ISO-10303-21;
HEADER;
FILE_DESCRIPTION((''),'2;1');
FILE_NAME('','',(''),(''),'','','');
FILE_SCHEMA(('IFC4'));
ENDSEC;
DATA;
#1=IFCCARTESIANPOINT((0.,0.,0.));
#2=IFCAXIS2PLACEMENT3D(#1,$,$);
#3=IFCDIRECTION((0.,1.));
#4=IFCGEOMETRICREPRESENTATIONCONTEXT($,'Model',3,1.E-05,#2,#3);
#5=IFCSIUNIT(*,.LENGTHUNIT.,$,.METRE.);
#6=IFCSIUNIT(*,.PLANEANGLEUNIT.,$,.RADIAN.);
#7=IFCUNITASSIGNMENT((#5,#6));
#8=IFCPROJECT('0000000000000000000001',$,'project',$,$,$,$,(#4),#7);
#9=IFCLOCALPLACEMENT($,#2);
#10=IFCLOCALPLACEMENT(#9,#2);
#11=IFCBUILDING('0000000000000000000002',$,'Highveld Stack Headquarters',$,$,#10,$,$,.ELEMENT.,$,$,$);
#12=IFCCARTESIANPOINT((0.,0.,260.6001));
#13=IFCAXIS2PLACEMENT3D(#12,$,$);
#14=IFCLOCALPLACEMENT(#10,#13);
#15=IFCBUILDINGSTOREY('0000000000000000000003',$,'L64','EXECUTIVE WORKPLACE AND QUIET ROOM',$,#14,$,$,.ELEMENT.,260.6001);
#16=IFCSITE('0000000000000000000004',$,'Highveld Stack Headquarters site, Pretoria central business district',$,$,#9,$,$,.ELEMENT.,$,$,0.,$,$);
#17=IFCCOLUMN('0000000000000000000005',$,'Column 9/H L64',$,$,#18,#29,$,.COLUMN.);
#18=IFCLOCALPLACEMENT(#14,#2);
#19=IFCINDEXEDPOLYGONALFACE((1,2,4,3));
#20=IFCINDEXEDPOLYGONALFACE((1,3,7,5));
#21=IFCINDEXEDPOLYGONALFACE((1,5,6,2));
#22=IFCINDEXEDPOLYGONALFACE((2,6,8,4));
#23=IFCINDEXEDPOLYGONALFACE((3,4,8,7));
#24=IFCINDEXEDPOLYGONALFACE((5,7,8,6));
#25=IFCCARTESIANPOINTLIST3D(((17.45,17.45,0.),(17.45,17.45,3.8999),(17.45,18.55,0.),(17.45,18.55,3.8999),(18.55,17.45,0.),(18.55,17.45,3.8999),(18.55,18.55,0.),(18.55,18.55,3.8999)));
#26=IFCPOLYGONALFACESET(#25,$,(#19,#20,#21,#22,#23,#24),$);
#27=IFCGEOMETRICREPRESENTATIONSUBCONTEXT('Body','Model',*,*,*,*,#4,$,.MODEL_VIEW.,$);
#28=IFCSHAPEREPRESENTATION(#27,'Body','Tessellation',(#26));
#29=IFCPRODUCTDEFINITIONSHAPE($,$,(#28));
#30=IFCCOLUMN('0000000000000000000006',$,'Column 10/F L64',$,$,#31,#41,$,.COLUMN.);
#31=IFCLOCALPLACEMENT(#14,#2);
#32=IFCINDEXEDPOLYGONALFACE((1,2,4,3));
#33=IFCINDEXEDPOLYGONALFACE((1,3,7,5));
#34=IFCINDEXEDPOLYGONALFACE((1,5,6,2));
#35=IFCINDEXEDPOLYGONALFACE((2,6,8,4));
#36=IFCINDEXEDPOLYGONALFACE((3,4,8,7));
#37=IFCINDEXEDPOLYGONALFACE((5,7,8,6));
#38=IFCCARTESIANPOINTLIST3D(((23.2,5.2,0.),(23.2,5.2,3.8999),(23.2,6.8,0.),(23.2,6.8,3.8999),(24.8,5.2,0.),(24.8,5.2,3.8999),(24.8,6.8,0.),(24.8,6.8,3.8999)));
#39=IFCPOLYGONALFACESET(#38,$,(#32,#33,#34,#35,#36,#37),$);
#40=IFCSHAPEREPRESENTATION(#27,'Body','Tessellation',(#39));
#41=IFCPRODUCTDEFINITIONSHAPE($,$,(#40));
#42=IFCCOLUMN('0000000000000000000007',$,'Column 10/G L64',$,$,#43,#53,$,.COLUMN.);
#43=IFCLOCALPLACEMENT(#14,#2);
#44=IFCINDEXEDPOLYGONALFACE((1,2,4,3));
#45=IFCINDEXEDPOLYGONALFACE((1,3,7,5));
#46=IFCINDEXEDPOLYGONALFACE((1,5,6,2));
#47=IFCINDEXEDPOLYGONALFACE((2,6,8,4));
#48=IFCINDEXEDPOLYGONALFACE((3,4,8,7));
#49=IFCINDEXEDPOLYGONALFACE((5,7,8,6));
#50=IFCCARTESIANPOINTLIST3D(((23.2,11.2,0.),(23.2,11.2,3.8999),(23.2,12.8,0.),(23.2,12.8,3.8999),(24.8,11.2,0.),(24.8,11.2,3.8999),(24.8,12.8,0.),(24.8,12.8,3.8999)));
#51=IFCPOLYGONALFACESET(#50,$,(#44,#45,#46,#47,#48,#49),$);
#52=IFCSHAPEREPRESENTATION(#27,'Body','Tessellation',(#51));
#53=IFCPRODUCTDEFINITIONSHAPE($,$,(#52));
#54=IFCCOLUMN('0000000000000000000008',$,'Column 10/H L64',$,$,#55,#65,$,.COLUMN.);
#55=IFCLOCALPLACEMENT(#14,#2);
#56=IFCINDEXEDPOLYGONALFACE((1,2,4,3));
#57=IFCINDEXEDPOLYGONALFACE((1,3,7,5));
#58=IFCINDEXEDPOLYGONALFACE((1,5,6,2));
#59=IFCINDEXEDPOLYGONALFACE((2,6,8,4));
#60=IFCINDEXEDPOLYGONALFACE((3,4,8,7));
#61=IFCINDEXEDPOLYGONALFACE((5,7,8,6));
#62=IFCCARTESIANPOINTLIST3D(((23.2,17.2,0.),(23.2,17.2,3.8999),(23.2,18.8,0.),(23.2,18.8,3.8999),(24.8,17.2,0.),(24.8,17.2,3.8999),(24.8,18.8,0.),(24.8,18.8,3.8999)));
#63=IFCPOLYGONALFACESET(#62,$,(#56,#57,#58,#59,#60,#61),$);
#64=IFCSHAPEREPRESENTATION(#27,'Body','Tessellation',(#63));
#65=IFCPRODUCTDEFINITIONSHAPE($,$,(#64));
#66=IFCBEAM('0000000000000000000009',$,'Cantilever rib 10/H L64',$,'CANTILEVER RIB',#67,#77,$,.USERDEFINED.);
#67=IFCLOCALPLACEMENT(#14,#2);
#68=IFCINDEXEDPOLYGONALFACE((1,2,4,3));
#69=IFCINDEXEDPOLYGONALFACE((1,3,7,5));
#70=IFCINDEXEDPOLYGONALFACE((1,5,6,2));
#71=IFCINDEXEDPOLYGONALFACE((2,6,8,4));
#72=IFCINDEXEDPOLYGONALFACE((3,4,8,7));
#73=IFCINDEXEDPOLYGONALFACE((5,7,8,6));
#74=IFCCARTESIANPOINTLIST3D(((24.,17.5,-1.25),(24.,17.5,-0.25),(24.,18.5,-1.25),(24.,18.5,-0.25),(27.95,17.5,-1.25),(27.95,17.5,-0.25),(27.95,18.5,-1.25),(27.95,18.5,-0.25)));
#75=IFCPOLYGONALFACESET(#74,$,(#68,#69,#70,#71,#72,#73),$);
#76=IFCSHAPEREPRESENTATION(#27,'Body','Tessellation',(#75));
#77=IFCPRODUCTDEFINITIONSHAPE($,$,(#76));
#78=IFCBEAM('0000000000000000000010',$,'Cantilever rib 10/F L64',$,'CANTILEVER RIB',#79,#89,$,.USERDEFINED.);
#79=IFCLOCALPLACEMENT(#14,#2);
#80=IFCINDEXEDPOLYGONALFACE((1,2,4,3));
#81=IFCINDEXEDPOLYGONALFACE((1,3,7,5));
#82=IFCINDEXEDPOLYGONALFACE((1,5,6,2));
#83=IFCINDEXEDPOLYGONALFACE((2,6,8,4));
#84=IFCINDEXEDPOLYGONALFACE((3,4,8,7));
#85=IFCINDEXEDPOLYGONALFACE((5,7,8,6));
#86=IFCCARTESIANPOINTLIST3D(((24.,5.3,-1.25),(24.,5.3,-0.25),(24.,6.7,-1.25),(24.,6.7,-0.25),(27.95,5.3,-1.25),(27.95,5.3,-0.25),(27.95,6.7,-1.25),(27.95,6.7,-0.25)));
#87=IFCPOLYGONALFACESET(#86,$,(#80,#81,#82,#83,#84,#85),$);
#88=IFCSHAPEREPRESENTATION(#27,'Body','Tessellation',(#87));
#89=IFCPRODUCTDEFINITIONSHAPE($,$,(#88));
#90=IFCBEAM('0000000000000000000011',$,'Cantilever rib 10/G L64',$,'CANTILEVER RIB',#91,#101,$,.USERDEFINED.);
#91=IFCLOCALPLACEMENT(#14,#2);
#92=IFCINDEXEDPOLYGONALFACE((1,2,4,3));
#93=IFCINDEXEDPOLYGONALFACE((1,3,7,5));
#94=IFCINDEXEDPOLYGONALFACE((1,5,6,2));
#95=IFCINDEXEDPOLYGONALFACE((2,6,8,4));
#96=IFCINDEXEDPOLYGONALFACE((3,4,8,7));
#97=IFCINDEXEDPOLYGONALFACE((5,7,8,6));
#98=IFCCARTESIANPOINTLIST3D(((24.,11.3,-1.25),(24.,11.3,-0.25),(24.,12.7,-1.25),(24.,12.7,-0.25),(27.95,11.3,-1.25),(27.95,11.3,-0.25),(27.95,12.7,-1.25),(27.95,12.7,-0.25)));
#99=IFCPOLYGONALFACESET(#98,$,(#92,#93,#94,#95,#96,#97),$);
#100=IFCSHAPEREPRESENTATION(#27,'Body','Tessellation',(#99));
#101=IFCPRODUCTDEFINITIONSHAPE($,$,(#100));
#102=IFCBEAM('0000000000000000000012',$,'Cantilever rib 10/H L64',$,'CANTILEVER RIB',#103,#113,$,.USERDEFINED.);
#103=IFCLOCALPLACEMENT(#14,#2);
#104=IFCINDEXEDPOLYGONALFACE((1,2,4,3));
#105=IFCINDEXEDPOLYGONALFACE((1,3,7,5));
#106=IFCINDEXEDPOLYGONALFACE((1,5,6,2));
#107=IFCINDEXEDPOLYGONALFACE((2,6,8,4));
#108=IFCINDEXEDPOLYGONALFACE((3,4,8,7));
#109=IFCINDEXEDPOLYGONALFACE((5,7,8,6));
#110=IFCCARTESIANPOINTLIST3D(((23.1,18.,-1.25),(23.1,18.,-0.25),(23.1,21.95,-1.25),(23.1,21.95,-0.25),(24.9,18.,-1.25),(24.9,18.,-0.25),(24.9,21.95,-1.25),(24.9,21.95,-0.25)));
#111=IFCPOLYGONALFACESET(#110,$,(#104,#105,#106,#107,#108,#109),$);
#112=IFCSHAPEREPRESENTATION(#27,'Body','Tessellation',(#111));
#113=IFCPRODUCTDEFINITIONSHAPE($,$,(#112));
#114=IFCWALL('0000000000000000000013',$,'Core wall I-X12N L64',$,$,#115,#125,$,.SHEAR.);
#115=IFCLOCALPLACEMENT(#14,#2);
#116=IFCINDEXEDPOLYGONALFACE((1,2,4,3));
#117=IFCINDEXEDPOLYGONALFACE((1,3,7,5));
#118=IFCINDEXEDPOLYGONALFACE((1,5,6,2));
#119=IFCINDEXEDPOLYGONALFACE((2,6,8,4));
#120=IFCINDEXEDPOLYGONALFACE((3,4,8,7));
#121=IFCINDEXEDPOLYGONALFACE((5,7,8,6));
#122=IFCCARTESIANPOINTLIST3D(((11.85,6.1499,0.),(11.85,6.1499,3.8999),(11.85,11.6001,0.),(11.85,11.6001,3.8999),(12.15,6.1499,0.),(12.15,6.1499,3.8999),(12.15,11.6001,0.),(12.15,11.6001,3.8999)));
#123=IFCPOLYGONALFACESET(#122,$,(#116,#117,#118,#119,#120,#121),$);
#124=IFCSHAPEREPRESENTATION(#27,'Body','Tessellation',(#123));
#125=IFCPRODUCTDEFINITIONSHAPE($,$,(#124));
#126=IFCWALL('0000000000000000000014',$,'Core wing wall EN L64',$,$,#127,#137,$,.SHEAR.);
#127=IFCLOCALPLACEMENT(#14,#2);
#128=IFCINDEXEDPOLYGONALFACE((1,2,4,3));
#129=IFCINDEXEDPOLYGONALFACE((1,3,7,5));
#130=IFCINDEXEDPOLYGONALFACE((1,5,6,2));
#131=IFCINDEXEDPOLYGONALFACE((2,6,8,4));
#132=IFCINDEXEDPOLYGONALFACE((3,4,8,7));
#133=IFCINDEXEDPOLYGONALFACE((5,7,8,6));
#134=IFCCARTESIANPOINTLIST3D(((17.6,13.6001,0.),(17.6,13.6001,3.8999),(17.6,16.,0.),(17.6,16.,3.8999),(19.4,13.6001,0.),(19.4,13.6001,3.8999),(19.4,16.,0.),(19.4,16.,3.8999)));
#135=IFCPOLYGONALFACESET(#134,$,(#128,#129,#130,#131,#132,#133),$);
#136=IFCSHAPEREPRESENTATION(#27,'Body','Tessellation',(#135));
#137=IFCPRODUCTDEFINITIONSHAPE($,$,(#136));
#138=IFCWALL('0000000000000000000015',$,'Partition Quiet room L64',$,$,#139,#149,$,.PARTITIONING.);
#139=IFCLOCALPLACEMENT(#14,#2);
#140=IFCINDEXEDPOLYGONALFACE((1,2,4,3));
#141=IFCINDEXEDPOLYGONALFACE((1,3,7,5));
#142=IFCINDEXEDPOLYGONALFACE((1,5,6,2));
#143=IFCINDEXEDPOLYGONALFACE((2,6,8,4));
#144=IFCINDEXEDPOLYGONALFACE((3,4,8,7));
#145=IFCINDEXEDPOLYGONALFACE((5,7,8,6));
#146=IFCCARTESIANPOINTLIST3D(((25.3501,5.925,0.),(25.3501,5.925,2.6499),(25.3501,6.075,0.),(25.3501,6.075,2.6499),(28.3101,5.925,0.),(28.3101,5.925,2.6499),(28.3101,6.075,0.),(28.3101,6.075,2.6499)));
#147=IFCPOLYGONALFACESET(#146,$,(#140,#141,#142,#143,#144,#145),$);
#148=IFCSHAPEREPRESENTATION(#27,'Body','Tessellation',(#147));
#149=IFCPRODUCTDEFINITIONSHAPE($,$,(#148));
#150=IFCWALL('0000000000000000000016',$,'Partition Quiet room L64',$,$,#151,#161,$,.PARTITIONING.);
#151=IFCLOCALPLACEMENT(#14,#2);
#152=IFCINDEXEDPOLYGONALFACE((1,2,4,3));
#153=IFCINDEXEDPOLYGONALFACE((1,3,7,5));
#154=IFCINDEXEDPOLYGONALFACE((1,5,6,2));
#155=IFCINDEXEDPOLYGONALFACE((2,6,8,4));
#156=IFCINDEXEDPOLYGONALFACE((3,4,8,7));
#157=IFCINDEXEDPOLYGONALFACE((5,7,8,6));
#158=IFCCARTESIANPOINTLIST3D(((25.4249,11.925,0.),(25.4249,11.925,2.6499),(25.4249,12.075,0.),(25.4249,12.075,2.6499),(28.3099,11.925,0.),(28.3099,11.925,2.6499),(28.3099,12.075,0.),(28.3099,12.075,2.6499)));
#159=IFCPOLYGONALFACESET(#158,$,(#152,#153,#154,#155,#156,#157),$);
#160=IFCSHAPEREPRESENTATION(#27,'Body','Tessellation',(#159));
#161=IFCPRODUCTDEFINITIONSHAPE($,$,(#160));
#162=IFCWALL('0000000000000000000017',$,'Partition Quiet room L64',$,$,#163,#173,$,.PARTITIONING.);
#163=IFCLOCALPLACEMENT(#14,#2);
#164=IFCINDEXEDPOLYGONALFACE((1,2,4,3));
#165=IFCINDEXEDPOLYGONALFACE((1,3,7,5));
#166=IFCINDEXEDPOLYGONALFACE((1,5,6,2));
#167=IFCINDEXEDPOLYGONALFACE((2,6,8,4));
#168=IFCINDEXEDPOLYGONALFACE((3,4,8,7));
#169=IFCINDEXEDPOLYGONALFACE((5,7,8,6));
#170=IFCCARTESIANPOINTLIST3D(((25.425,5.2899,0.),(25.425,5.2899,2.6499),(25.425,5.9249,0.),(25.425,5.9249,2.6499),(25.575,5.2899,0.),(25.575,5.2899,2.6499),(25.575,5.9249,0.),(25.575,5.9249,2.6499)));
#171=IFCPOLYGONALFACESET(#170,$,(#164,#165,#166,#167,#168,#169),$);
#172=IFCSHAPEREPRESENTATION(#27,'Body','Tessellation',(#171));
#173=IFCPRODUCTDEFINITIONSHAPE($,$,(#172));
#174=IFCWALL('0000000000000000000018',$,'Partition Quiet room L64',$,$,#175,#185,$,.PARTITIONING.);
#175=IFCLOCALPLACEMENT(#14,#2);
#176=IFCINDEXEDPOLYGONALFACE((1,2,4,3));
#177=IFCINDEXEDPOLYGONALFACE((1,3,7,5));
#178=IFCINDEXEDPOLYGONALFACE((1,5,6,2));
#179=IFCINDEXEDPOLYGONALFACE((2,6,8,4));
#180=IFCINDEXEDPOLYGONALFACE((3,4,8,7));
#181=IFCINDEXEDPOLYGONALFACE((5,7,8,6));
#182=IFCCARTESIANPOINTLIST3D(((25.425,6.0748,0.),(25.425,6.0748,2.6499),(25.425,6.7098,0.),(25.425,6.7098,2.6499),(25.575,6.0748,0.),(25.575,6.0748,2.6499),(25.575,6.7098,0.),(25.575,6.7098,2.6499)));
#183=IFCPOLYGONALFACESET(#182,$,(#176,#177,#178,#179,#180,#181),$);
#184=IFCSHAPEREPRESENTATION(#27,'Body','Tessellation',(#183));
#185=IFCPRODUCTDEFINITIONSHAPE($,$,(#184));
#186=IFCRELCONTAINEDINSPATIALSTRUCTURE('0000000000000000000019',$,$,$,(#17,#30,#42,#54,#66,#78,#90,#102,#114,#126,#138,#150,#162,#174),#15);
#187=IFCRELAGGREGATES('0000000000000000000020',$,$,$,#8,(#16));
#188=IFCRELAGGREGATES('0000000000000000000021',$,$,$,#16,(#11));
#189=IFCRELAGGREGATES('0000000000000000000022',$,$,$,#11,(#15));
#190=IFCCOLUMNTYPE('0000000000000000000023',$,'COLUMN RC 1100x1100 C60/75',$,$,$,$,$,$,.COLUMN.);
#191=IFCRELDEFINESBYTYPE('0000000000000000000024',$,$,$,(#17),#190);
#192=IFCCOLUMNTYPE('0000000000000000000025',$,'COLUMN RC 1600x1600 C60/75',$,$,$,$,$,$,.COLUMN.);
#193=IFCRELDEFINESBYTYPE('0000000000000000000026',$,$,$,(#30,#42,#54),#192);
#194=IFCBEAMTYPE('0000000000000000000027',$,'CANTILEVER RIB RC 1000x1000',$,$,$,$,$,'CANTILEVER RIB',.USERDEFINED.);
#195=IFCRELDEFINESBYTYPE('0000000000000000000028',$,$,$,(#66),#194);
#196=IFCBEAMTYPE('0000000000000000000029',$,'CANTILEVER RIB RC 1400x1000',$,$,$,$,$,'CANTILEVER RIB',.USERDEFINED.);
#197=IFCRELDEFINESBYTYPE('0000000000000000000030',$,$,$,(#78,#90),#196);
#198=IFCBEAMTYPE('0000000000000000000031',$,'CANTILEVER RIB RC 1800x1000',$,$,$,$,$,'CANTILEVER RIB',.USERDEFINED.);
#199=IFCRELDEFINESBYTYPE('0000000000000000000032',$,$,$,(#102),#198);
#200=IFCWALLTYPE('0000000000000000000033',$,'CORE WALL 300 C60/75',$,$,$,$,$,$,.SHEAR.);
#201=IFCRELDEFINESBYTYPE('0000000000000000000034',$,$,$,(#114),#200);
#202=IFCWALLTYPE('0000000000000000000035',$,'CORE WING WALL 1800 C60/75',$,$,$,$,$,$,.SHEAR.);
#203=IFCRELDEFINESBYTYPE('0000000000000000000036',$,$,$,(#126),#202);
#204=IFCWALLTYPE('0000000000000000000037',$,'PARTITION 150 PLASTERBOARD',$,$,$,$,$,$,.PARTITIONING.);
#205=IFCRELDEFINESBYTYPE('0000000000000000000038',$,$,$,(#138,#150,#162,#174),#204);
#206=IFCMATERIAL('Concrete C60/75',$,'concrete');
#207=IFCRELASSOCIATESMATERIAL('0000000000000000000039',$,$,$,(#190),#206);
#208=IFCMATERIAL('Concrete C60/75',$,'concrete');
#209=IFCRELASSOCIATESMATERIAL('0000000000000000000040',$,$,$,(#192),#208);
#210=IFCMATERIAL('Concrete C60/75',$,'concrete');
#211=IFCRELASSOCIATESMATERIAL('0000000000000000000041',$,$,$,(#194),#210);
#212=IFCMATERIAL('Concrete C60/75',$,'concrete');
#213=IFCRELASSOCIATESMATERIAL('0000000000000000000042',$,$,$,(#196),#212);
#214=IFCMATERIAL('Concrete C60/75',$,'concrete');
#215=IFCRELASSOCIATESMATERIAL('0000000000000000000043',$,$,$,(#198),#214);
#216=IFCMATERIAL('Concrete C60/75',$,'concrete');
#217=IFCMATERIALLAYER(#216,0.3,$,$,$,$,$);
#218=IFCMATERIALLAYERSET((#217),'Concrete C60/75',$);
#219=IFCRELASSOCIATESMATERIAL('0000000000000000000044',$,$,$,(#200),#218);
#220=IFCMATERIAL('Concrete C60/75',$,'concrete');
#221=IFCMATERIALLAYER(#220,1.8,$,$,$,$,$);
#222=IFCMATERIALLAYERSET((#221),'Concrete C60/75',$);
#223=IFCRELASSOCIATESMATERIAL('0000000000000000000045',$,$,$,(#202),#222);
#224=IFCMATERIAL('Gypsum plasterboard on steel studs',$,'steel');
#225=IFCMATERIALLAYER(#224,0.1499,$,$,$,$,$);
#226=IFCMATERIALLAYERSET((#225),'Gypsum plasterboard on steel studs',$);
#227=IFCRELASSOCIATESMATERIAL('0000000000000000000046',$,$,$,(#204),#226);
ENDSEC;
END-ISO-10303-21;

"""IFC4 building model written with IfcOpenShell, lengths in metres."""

from ifc_helpers import new_model, si_unit, direction, frame, frame_2d, origin, origin_2d, place, context, subcontext, project, spatial, rectangle, extrude, material, layer, layer_set, material_profile, profile_set, type_object, element, save


model = new_model("IFC4")

# Units and contexts
model_context = context("Model", 3, precision=1e-05, world=origin(), true_north=direction((0.0, 1.0)))
body_context = subcontext(model_context, "Body", "Model", "MODEL_VIEW")
ifc_project = project(units=[si_unit("LENGTHUNIT", "METRE"), si_unit("PLANEANGLEUNIT", "RADIAN")], contexts=[model_context])

# Site, building, storey
site_placement = place(None, origin())
site = spatial("IfcSite", under=ifc_project, at=site_placement, Name="Highveld Stack Headquarters site, Pretoria central business district", CompositionType="ELEMENT", RefElevation=0.0)
building_placement = place(site_placement, origin())
building = spatial("IfcBuilding", under=site, at=building_placement, Name="Highveld Stack Headquarters", CompositionType="ELEMENT")
storey_placement = place(building_placement, frame((0.0, 0.0, 260.6001)))
storey = spatial("IfcBuildingStorey", under=building, at=storey_placement, Name="L64", Description="EXECUTIVE WORKPLACE AND QUIET ROOM", CompositionType="ELEMENT", Elevation=260.6001)

# Columns
ifc_material_1 = material(Name="Concrete C60/75", Category="concrete")
ifc_material_profile_1 = material_profile(ifc_material_1, rectangle(XDim=1.1001, YDim=1.1001, at=origin_2d()), Name="RC 1100x1100")
ifc_profile_set_1 = profile_set([ifc_material_profile_1], Name="Concrete C60/75")
column_type_1 = type_object("IfcColumnType", Name="COLUMN RC 1100x1100 C60/75", PredefinedType="COLUMN", material=ifc_profile_set_1)
column_placement = place(storey_placement, frame((18.0, 18.0, 0.0), z_axis=(0.0, 0.0, 1.0), x_axis=(1.0, 0.0, 0.0)))
element("IfcColumn", 1, at=column_placement, inside=storey, type_object=column_type_1, Name="Column 9/H L64", PredefinedType="COLUMN", context=body_context, shape_type="SweptSolid", body=[
    extrude(rectangle(XDim=1.1001, YDim=1.1001, at=origin_2d()), origin(), (0.0, 0.0, 1.0), 3.8999),
])
ifc_material_2 = material(Name="Concrete C60/75", Category="concrete")
ifc_material_profile_2 = material_profile(ifc_material_2, rectangle(XDim=1.6001, YDim=1.6001, at=origin_2d()), Name="RC 1600x1600")
ifc_profile_set_2 = profile_set([ifc_material_profile_2], Name="Concrete C60/75")
column_type_2 = type_object("IfcColumnType", Name="COLUMN RC 1600x1600 C60/75", PredefinedType="COLUMN", material=ifc_profile_set_2)
for number, where, z_axis, x_axis, name in (
    (2, (24.0, 6.0, 0.0), (0.0, 0.0, 1.0), (1.0, 0.0, 0.0), "Column 10/F L64"),
    (3, (24.0, 12.0, 0.0), (0.0, 0.0, 1.0), (1.0, 0.0, 0.0), "Column 10/G L64"),
    (4, (24.0, 18.0, 0.0), (0.0, 0.0, 1.0), (1.0, 0.0, 0.0), "Column 10/H L64"),
):
    element("IfcColumn", number, at=place(storey_placement, frame(where, z_axis=z_axis, x_axis=x_axis)), inside=storey, type_object=column_type_2, Name=name, PredefinedType="COLUMN", context=body_context, shape_type="SweptSolid", body=[
        extrude(rectangle(XDim=1.6001, YDim=1.6001, at=origin_2d()), origin(), (0.0, 0.0, 1.0), 3.8999),
    ])

# Beams
ifc_material_3 = material(Name="Concrete C60/75", Category="concrete")
ifc_material_profile_3 = material_profile(ifc_material_3, rectangle(XDim=1.0, YDim=1.0, at=origin_2d()), Name="RC 1000x1000")
ifc_profile_set_3 = profile_set([ifc_material_profile_3], Name="Concrete C60/75")
beam_type_1 = type_object("IfcBeamType", Name="CANTILEVER RIB RC 1000x1000", ElementType="CANTILEVER RIB", PredefinedType="USERDEFINED", material=ifc_profile_set_3)
beam_1_placement = place(storey_placement, frame((24.0, 18.0, -0.75), z_axis=(1.0, 0.0, 0.0), x_axis=(0.0, 1.0, 0.0)))
element("IfcBeam", 5, at=beam_1_placement, inside=storey, type_object=beam_type_1, Name="Cantilever rib 10/H L64", ObjectType="CANTILEVER RIB", PredefinedType="USERDEFINED", context=body_context, shape_type="SweptSolid", body=[
    extrude(rectangle(XDim=1.0, YDim=1.0, at=origin_2d()), origin(), (0.0, 0.0, 1.0), 3.95),
])
ifc_material_4 = material(Name="Concrete C60/75", Category="concrete")
ifc_material_profile_4 = material_profile(ifc_material_4, rectangle(XDim=1.3999, YDim=1.0, at=origin_2d()), Name="RC 1400x1000")
ifc_profile_set_4 = profile_set([ifc_material_profile_4], Name="Concrete C60/75")
beam_type_2 = type_object("IfcBeamType", Name="CANTILEVER RIB RC 1400x1000", ElementType="CANTILEVER RIB", PredefinedType="USERDEFINED", material=ifc_profile_set_4)
for number, where, z_axis, x_axis, name in (
    (6, (24.0, 6.0, -0.75), (1.0, 0.0, 0.0), (0.0, 1.0, 0.0), "Cantilever rib 10/F L64"),
    (7, (24.0, 12.0, -0.75), (1.0, 0.0, 0.0), (0.0, 1.0, 0.0), "Cantilever rib 10/G L64"),
):
    element("IfcBeam", number, at=place(storey_placement, frame(where, z_axis=z_axis, x_axis=x_axis)), inside=storey, type_object=beam_type_2, Name=name, ObjectType="CANTILEVER RIB", PredefinedType="USERDEFINED", context=body_context, shape_type="SweptSolid", body=[
        extrude(rectangle(XDim=1.3999, YDim=1.0, at=origin_2d()), origin(), (0.0, 0.0, 1.0), 3.95),
    ])
ifc_material_5 = material(Name="Concrete C60/75", Category="concrete")
ifc_material_profile_5 = material_profile(ifc_material_5, rectangle(XDim=1.8, YDim=1.0, at=origin_2d()), Name="RC 1800x1000")
ifc_profile_set_5 = profile_set([ifc_material_profile_5], Name="Concrete C60/75")
beam_type_3 = type_object("IfcBeamType", Name="CANTILEVER RIB RC 1800x1000", ElementType="CANTILEVER RIB", PredefinedType="USERDEFINED", material=ifc_profile_set_5)
beam_2_placement = place(storey_placement, frame((24.0, 18.0, -0.75), z_axis=(0.0, 1.0, 0.0), x_axis=(-1.0, 0.0, 0.0)))
element("IfcBeam", 8, at=beam_2_placement, inside=storey, type_object=beam_type_3, Name="Cantilever rib 10/H L64", ObjectType="CANTILEVER RIB", PredefinedType="USERDEFINED", context=body_context, shape_type="SweptSolid", body=[
    extrude(rectangle(XDim=1.8, YDim=1.0, at=origin_2d()), origin(), (0.0, 0.0, 1.0), 3.95),
])

# Walls
ifc_material_6 = material(Name="Concrete C60/75", Category="concrete")
ifc_layer_1 = layer(ifc_material_6, 0.3)
ifc_layer_set_1 = layer_set([ifc_layer_1], Name="Concrete C60/75")
wall_type_1 = type_object("IfcWallType", Name="CORE WALL 300 C60/75", PredefinedType="SHEAR", material=ifc_layer_set_1)
wall_1_placement = place(storey_placement, frame((12.0, 6.1499, 0.0), z_axis=(0.0, 0.0, 1.0), x_axis=(0.0, 1.0, 0.0)))
element("IfcWall", 9, at=wall_1_placement, inside=storey, type_object=wall_type_1, Name="Core wall I-X12N L64", PredefinedType="SHEAR", context=body_context, shape_type="SweptSolid", body=[
    extrude(rectangle(XDim=5.4502, YDim=0.3, at=frame_2d((2.7251, 0.0))), origin(), (0.0, 0.0, 1.0), 3.8999),
])
ifc_material_7 = material(Name="Concrete C60/75", Category="concrete")
ifc_layer_2 = layer(ifc_material_7, 1.8)
ifc_layer_set_2 = layer_set([ifc_layer_2], Name="Concrete C60/75")
wall_type_2 = type_object("IfcWallType", Name="CORE WING WALL 1800 C60/75", PredefinedType="SHEAR", material=ifc_layer_set_2)
wall_2_placement = place(storey_placement, frame((18.5, 13.6001, 0.0), z_axis=(0.0, 0.0, 1.0), x_axis=(0.0, 1.0, 0.0)))
element("IfcWall", 10, at=wall_2_placement, inside=storey, type_object=wall_type_2, Name="Core wing wall EN L64", PredefinedType="SHEAR", context=body_context, shape_type="SweptSolid", body=[
    extrude(rectangle(XDim=2.3999, YDim=1.8, at=frame_2d((1.2, 0.0))), origin(), (0.0, 0.0, 1.0), 3.8999),
])
ifc_material_8 = material(Name="Gypsum plasterboard on steel studs", Category="steel")
ifc_layer_3 = layer(ifc_material_8, 0.1499)
ifc_layer_set_3 = layer_set([ifc_layer_3], Name="Gypsum plasterboard on steel studs")
wall_type_3 = type_object("IfcWallType", Name="PARTITION 150 PLASTERBOARD", PredefinedType="PARTITIONING", material=ifc_layer_set_3)
wall_3_placement = place(storey_placement, frame((25.3501, 6.0, 0.0), z_axis=(0.0, 0.0, 1.0), x_axis=(1.0, 0.0, 0.0)))
element("IfcWall", 11, at=wall_3_placement, inside=storey, type_object=wall_type_3, Name="Partition Quiet room L64", PredefinedType="PARTITIONING", context=body_context, shape_type="SweptSolid", body=[
    extrude(rectangle(XDim=2.96, YDim=0.1499, at=frame_2d((1.48, 0.0))), origin(), (0.0, 0.0, 1.0), 2.6499),
])
wall_4_placement = place(storey_placement, frame((25.425, 12.0, 0.0), z_axis=(0.0, 0.0, 1.0), x_axis=(1.0, 0.0, 0.0)))
element("IfcWall", 12, at=wall_4_placement, inside=storey, type_object=wall_type_3, Name="Partition Quiet room L64", PredefinedType="PARTITIONING", context=body_context, shape_type="SweptSolid", body=[
    extrude(rectangle(XDim=2.885, YDim=0.1499, at=frame_2d((1.4424, 0.0))), origin(), (0.0, 0.0, 1.0), 2.6499),
])
for number, where, z_axis, x_axis, name in (
    (13, (25.5, 5.29, 0.0), (0.0, 0.0, 1.0), (0.0, 1.0, 0.0), "Partition Quiet room L64"),
    (14, (25.5, 6.075, 0.0), (0.0, 0.0, 1.0), (0.0, 1.0, 0.0), "Partition Quiet room L64"),
):
    element("IfcWall", number, at=place(storey_placement, frame(where, z_axis=z_axis, x_axis=x_axis)), inside=storey, type_object=wall_type_3, Name=name, PredefinedType="PARTITIONING", context=body_context, shape_type="SweptSolid", body=[
        extrude(rectangle(XDim=0.635, YDim=0.1499, at=frame_2d((0.3174, 0.0))), origin(), (0.0, 0.0, 1.0), 2.6499),
    ])

save(model, "model.ifc")
